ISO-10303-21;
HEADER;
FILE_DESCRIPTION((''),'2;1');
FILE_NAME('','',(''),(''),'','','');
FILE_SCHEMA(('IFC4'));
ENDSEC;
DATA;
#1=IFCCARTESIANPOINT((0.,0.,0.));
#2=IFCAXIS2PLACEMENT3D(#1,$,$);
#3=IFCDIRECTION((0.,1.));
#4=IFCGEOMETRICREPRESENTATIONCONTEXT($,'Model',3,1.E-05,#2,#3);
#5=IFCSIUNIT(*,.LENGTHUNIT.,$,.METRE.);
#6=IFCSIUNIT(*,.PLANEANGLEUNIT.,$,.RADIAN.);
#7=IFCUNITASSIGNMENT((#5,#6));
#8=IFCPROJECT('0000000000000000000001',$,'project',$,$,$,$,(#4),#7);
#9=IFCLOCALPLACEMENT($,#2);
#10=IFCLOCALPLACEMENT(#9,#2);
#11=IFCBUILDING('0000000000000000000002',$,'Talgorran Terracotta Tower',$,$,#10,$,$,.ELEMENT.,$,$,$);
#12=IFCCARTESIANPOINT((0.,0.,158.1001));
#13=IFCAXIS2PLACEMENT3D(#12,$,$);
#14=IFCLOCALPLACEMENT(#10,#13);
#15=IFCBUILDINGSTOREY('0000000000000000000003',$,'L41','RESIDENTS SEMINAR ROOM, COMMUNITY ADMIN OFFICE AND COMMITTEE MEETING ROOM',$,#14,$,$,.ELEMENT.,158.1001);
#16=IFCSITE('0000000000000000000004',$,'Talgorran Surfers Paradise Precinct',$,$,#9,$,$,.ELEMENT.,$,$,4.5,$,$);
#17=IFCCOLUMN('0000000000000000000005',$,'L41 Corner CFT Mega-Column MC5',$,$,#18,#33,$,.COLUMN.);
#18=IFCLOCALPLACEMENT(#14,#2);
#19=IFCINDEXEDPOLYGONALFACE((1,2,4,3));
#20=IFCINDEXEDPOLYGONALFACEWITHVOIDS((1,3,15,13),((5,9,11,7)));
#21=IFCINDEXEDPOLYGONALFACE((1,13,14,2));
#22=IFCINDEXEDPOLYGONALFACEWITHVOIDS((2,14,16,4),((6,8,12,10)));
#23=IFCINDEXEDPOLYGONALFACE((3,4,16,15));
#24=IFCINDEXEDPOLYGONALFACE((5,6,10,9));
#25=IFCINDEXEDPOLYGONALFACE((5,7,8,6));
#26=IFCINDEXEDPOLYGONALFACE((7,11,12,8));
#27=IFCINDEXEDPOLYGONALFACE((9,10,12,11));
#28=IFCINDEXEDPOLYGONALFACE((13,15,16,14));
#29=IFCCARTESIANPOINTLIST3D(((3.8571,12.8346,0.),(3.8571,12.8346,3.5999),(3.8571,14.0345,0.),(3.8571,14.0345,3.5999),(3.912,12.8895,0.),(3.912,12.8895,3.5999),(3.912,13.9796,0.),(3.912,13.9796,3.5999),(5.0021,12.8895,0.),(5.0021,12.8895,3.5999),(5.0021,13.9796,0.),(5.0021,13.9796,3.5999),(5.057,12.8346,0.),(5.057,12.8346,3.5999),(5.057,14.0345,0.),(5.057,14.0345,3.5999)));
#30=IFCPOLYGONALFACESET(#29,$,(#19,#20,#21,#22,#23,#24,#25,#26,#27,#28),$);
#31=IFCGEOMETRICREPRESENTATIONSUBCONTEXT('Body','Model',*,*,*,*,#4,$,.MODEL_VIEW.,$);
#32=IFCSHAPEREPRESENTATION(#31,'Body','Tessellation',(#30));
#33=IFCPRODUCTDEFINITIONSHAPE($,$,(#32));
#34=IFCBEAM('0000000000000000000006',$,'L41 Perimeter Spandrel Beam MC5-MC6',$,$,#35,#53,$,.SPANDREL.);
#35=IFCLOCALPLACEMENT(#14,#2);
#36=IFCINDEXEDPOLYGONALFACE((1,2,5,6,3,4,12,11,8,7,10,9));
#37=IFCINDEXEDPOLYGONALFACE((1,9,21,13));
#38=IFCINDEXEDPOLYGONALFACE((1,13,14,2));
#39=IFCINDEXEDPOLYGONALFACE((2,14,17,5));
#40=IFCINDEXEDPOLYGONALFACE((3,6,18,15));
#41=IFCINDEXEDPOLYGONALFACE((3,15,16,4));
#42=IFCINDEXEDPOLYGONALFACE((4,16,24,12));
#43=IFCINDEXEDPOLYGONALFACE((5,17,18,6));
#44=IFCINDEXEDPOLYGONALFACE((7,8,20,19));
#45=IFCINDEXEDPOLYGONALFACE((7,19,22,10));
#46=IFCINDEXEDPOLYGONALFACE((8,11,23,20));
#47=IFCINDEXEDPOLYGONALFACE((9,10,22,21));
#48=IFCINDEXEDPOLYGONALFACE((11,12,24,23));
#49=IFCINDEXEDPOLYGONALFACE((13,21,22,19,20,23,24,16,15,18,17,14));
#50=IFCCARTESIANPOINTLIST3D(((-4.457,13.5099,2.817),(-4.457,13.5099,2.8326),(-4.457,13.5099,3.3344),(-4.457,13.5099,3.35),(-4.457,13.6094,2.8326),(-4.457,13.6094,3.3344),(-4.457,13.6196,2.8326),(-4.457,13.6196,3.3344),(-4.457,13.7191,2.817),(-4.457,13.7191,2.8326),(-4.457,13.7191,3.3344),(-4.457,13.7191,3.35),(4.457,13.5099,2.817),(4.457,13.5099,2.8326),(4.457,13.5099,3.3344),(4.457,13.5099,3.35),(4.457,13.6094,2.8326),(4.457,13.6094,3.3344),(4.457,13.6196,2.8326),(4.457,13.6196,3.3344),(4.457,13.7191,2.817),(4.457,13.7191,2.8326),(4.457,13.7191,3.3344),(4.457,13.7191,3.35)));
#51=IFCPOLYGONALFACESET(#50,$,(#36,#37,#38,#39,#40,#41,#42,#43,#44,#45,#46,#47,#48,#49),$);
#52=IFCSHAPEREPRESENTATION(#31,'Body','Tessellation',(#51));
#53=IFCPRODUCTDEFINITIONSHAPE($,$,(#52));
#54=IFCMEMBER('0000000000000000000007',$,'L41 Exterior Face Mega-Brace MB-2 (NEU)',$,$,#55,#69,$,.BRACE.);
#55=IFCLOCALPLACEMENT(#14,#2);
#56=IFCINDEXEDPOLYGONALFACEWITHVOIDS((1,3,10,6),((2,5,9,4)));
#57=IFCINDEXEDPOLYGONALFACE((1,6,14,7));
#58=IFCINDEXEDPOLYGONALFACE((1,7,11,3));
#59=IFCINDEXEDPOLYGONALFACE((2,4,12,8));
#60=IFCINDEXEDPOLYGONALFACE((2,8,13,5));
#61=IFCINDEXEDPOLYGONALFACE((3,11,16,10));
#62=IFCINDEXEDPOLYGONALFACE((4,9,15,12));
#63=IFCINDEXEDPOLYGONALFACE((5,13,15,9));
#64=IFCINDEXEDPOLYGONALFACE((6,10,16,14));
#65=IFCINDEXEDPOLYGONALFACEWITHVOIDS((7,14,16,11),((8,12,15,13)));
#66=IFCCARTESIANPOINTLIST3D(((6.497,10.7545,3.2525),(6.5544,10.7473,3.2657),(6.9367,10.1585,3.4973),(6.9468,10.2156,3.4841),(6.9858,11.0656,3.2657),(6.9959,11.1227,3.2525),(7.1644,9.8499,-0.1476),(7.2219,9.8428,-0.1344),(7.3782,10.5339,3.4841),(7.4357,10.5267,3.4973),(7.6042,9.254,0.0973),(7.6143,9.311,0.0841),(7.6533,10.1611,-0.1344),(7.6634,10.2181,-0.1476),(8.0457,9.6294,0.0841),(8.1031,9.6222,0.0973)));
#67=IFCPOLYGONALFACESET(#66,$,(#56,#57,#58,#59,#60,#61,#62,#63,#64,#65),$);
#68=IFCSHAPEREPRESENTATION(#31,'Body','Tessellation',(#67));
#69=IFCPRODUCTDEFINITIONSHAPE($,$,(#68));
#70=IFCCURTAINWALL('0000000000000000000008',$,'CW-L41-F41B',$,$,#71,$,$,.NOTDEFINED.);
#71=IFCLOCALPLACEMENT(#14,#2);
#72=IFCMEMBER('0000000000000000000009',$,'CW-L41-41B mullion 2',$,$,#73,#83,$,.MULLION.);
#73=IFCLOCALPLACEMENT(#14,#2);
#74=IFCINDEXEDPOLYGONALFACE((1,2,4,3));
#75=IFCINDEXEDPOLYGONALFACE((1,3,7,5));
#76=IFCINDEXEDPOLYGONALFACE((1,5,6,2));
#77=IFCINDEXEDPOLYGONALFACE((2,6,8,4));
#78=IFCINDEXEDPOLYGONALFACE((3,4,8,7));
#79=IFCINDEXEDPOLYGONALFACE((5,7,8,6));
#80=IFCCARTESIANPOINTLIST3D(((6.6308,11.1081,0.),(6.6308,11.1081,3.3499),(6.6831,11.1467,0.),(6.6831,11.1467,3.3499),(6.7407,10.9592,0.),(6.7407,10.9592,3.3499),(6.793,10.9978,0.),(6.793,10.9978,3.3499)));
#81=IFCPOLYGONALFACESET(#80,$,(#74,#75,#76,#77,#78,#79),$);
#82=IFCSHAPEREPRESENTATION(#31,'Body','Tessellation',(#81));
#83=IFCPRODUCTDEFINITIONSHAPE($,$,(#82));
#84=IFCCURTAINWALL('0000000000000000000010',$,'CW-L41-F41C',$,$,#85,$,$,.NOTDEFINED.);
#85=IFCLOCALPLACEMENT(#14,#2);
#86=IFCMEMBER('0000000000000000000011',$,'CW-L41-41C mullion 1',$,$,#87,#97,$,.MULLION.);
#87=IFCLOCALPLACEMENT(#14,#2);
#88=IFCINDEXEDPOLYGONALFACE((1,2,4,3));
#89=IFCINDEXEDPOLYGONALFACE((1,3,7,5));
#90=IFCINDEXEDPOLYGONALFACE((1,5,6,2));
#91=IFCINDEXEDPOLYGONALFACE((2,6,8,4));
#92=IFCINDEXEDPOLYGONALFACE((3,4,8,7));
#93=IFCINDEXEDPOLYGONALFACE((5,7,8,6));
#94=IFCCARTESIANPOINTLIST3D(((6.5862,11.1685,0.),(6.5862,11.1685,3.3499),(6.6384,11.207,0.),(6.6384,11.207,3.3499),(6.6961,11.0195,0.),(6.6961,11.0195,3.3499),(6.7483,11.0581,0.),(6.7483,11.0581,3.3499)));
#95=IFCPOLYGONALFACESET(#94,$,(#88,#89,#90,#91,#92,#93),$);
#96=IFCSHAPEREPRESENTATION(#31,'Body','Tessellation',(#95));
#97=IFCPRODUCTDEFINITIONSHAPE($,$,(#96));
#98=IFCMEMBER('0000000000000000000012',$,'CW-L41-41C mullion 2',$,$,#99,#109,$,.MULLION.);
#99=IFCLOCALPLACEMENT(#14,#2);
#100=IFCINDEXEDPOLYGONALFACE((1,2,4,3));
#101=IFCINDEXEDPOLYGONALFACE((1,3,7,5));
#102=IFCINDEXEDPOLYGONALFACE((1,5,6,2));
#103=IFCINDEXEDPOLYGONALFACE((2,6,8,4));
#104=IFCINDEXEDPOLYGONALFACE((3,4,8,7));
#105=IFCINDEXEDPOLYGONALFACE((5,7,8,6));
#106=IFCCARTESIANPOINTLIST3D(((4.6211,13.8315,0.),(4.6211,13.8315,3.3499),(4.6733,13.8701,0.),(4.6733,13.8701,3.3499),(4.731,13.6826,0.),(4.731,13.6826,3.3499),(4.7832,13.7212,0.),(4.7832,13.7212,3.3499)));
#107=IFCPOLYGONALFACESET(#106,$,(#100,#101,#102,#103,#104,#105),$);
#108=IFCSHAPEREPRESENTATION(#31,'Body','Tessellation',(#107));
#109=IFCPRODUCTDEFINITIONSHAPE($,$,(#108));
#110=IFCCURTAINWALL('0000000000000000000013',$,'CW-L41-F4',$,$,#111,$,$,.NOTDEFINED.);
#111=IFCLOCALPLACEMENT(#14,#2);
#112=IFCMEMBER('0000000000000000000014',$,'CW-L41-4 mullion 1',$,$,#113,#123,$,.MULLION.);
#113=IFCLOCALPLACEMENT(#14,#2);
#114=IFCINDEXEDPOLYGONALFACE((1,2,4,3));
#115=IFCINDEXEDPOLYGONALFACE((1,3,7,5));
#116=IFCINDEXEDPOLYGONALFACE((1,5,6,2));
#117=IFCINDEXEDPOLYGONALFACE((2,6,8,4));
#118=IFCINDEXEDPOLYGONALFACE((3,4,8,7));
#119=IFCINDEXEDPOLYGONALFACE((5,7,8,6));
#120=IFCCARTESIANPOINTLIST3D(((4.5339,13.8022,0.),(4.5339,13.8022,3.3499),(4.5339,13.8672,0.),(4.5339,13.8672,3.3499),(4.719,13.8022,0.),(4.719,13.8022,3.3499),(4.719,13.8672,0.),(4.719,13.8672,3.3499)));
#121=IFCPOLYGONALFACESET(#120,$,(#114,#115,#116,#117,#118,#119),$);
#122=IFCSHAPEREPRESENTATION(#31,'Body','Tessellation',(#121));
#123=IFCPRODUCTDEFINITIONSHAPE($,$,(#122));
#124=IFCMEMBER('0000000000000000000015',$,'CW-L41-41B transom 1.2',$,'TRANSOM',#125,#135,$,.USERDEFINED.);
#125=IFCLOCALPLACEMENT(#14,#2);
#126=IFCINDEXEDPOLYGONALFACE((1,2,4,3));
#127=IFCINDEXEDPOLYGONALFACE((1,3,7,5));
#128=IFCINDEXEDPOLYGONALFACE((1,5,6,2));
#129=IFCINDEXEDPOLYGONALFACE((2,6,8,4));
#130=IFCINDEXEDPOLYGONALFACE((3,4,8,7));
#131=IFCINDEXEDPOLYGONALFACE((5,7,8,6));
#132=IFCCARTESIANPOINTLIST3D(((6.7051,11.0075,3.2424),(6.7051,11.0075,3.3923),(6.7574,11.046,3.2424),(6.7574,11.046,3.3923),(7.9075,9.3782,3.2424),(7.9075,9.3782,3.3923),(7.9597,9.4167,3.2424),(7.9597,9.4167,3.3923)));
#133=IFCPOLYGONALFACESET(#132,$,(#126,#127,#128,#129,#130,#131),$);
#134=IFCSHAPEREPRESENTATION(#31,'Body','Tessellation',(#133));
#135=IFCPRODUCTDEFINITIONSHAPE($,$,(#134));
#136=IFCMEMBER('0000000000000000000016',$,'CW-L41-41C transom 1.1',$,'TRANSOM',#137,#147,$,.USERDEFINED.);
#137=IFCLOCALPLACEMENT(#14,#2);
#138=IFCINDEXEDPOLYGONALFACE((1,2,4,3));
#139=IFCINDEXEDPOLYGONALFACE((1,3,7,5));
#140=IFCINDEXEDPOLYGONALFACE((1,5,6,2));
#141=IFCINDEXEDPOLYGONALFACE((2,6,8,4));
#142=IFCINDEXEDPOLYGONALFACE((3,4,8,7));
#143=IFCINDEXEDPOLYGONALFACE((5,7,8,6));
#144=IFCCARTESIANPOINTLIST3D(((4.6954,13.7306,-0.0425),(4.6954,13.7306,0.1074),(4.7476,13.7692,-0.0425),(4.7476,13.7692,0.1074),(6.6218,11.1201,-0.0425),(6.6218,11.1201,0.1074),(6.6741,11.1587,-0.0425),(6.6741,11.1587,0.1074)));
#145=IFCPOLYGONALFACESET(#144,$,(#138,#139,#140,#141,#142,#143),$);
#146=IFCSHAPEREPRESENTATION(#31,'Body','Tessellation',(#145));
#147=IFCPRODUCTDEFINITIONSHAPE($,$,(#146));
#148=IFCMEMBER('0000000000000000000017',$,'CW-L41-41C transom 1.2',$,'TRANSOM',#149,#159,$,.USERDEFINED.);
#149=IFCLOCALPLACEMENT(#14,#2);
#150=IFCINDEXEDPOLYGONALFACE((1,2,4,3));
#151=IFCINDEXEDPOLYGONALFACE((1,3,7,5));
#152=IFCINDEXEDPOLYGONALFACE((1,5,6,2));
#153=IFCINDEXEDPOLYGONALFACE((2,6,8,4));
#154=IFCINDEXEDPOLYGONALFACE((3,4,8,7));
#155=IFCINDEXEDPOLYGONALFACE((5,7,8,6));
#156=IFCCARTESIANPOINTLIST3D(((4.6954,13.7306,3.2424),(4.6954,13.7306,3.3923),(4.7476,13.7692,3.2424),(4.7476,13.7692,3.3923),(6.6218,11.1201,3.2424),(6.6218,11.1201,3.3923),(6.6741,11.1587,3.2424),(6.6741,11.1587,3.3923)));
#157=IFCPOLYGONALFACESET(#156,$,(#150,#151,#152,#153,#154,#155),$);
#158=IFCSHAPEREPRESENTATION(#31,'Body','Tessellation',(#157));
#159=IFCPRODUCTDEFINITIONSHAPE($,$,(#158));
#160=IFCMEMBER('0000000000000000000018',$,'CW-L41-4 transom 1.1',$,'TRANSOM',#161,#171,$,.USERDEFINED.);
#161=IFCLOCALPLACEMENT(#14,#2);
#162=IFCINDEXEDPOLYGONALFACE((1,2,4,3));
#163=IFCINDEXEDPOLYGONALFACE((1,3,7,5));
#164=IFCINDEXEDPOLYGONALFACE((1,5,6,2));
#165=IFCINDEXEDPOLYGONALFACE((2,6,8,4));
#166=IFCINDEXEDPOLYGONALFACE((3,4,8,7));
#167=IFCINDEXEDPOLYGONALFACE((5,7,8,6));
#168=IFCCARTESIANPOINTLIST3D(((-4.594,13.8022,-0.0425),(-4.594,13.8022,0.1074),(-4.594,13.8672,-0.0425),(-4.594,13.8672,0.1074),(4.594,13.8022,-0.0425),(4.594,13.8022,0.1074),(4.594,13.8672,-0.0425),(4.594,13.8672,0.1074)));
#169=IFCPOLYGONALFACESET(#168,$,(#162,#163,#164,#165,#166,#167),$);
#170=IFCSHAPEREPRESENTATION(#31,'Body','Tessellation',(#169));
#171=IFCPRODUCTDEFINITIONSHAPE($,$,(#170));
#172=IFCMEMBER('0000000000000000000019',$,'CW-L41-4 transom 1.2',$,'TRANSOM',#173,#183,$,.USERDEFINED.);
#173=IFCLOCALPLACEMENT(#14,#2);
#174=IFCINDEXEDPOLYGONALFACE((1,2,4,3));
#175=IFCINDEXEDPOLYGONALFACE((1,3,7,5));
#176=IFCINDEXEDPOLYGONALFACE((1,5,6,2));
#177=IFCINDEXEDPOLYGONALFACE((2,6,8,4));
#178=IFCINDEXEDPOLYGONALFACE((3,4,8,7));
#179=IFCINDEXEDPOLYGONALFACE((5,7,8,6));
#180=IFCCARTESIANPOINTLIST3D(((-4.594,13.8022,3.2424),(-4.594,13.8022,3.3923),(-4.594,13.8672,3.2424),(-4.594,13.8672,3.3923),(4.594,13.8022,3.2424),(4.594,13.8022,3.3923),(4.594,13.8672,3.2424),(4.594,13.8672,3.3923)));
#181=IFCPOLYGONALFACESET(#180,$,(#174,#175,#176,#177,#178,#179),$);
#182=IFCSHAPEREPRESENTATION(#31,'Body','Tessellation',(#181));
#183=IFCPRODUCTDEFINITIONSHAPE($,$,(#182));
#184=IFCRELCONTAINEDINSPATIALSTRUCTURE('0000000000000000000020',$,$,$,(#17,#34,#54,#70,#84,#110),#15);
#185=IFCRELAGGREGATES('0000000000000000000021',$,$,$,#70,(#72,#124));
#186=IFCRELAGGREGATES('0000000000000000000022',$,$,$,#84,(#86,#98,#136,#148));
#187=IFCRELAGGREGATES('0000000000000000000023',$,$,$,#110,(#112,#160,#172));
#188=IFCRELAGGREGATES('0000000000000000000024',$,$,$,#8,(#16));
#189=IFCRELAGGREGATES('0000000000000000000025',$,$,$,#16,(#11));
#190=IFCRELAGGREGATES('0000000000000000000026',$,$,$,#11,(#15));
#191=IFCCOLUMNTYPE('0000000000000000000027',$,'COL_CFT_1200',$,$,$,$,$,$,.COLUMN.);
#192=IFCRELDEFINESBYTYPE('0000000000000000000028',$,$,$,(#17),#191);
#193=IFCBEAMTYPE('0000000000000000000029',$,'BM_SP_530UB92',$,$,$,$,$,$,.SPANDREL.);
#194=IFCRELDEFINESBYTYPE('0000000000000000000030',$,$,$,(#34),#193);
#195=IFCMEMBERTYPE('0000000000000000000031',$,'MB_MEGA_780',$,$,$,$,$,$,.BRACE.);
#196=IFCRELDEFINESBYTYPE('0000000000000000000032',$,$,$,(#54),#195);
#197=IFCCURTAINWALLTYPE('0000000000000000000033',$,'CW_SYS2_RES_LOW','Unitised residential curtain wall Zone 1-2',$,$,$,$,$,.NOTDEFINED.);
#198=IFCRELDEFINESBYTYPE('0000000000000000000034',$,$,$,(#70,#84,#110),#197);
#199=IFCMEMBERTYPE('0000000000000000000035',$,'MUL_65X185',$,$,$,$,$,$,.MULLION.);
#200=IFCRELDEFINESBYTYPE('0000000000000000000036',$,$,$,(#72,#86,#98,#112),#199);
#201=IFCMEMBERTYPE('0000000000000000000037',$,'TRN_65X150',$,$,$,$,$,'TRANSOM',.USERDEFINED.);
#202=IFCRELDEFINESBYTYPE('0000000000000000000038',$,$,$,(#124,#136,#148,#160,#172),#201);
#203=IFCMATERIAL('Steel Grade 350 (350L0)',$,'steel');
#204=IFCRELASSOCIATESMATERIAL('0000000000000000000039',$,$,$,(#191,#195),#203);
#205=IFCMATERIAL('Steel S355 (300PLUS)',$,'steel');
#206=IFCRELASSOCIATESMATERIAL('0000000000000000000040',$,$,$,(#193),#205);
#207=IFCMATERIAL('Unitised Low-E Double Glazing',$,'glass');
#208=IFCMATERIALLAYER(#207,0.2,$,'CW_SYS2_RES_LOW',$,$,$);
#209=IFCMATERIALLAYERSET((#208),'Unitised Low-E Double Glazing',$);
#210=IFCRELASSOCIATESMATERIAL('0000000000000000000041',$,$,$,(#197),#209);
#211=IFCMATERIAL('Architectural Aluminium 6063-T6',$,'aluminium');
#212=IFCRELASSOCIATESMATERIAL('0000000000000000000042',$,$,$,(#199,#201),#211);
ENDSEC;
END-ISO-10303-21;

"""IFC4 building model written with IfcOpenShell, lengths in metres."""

from ifc_helpers import new_model, si_unit, direction, frame, origin, origin_2d, place, context, subcontext, project, spatial, rectangle, hollow_rectangle, i_section, extrude, material, layer, layer_set, material_profile, profile_set, type_object, element, aggregate, save


model = new_model("IFC4")

# Units and contexts
model_context = context("Model", 3, precision=1e-05, world=origin(), true_north=direction((0.0, 1.0)))
body_context = subcontext(model_context, "Body", "Model", "MODEL_VIEW")
ifc_project = project(units=[si_unit("LENGTHUNIT", "METRE"), si_unit("PLANEANGLEUNIT", "RADIAN")], contexts=[model_context])

# Site, building, storey
site_placement = place(None, origin())
site = spatial("IfcSite", under=ifc_project, at=site_placement, Name="Talgorran Surfers Paradise Precinct", CompositionType="ELEMENT", RefElevation=4.5)
building_placement = place(site_placement, origin())
building = spatial("IfcBuilding", under=site, at=building_placement, Name="Talgorran Terracotta Tower", CompositionType="ELEMENT")
storey_placement = place(building_placement, frame((0.0, 0.0, 158.1001)))
storey = spatial("IfcBuildingStorey", under=building, at=storey_placement, Name="L41", Description="RESIDENTS SEMINAR ROOM, COMMUNITY ADMIN OFFICE AND COMMITTEE MEETING ROOM", CompositionType="ELEMENT", Elevation=158.1001)

# Column
ifc_material_1 = material(Name="Steel Grade 350 (350L0)", Category="steel")
ifc_material_profile_1 = material_profile(ifc_material_1, hollow_rectangle(XDim=1.2, YDim=1.2, WallThickness=0.0549, at=origin_2d()), Name="CFT1200X1200X55")
ifc_profile_set_1 = profile_set([ifc_material_profile_1], Name="Steel Grade 350 (350L0)")
column_type = type_object("IfcColumnType", Name="COL_CFT_1200", PredefinedType="COLUMN", material=ifc_profile_set_1)
column_placement = place(storey_placement, frame((4.457, 13.4346, 0.0), z_axis=(0.0, 0.0, 1.0), x_axis=(1.0, 0.0, 0.0)))
element("IfcColumn", 1, at=column_placement, inside=storey, type_object=column_type, Name="L41 Corner CFT Mega-Column MC5", PredefinedType="COLUMN", context=body_context, shape_type="SweptSolid", body=[
    extrude(hollow_rectangle(XDim=1.2, YDim=1.2, WallThickness=0.0549, at=origin_2d()), origin(), (0.0, 0.0, 1.0), 3.5999),
])

# Beam
ifc_material_2 = material(Name="Steel S355 (300PLUS)", Category="steel")
ifc_material_profile_2 = material_profile(ifc_material_2, i_section(OverallWidth=0.2092, OverallDepth=0.533, WebThickness=0.0103, FlangeThickness=0.0156, at=origin_2d()), Name="530UB92.4")
ifc_profile_set_2 = profile_set([ifc_material_profile_2], Name="Steel S355 (300PLUS)")
beam_type = type_object("IfcBeamType", Name="BM_SP_530UB92", PredefinedType="SPANDREL", material=ifc_profile_set_2)
beam_placement = place(storey_placement, frame((4.457, 13.6145, 3.0835), z_axis=(-1.0, 0.0, 0.0), x_axis=(0.0, -1.0, 0.0)))
element("IfcBeam", 2, at=beam_placement, inside=storey, type_object=beam_type, Name="L41 Perimeter Spandrel Beam MC5-MC6", PredefinedType="SPANDREL", context=body_context, shape_type="SweptSolid", body=[
    extrude(i_section(OverallWidth=0.2092, OverallDepth=0.533, WebThickness=0.0103, FlangeThickness=0.0156, at=origin_2d()), origin(), (0.0, 0.0, 1.0), 8.9141),
])

# Member
ifc_material_profile_3 = material_profile(ifc_material_1, hollow_rectangle(XDim=0.6201, YDim=0.78, WallThickness=0.042, at=origin_2d()), Name="WBOX780X620X42")
ifc_profile_set_3 = profile_set([ifc_material_profile_3], Name="Steel Grade 350 (350L0)")
member_type_1 = type_object("IfcMemberType", Name="MB_MEGA_780", PredefinedType="BRACE", material=ifc_profile_set_3)
member_1_placement = place(storey_placement, frame((7.6338, 9.7361, -0.0251), z_axis=(-0.186387, 0.252583, 0.949453), x_axis=(-0.804641, -0.593762, 0.0)))
element("IfcMember", 3, at=member_1_placement, inside=storey, type_object=member_type_1, Name="L41 Exterior Face Mega-Brace MB-2 (NEU)", PredefinedType="BRACE", context=body_context, shape_type="SweptSolid", body=[
    extrude(hollow_rectangle(XDim=0.6201, YDim=0.78, WallThickness=0.042, at=origin_2d()), origin(), (0.0, 0.0, 1.0), 3.5811),
])

# Curtain wall, member
ifc_material_3 = material(Name="Unitised Low-E Double Glazing", Category="glass")
ifc_layer_1 = layer(ifc_material_3, 0.2, Name="CW_SYS2_RES_LOW")
ifc_layer_set_1 = layer_set([ifc_layer_1], Name="Unitised Low-E Double Glazing")
curtain_wall_type = type_object("IfcCurtainWallType", Name="CW_SYS2_RES_LOW", Description="Unitised residential curtain wall Zone 1-2", PredefinedType="NOTDEFINED", material=ifc_layer_set_1)
curtain_wall_1_placement = place(storey_placement, origin())
curtain_wall_1 = element("IfcCurtainWall", 4, at=curtain_wall_1_placement, inside=storey, type_object=curtain_wall_type, Name="CW-L41-F41B", PredefinedType="NOTDEFINED")
ifc_material_4 = material(Name="Architectural Aluminium 6063-T6", Category="aluminium")
ifc_material_profile_4 = material_profile(ifc_material_4, rectangle(XDim=0.0649, YDim=0.1851, at=origin_2d()), Name="CWM65X185")
ifc_profile_set_4 = profile_set([ifc_material_profile_4], Name="Architectural Aluminium 6063-T6")
member_type_2 = type_object("IfcMemberType", Name="MUL_65X185", PredefinedType="MULLION", material=ifc_profile_set_4)
member_2_placement = place(storey_placement, frame((6.7119, 11.053, 0.0), z_axis=(0.0, 0.0, 1.0), x_axis=(-0.804615, -0.593797, 0.0)))
member_2 = element("IfcMember", 5, at=member_2_placement, type_object=member_type_2, Name="CW-L41-41B mullion 2", PredefinedType="MULLION", context=body_context, shape_type="SweptSolid", body=[
    extrude(rectangle(XDim=0.0649, YDim=0.1851, at=origin_2d()), origin(), (0.0, 0.0, 1.0), 3.3499),
])

# Curtain wall, members
curtain_wall_2_placement = place(storey_placement, origin())
curtain_wall_2 = element("IfcCurtainWall", 6, at=curtain_wall_2_placement, inside=storey, type_object=curtain_wall_type, Name="CW-L41-F41C", PredefinedType="NOTDEFINED")
member_3_placement = place(storey_placement, frame((6.6672, 11.1133, 0.0), z_axis=(0.0, 0.0, 1.0), x_axis=(-0.804624, -0.593785, 0.0)))
member_3 = element("IfcMember", 7, at=member_3_placement, type_object=member_type_2, Name="CW-L41-41C mullion 1", PredefinedType="MULLION", context=body_context, shape_type="SweptSolid", body=[
    extrude(rectangle(XDim=0.0649, YDim=0.1851, at=origin_2d()), origin(), (0.0, 0.0, 1.0), 3.3499),
])
member_4_placement = place(storey_placement, frame((4.7021, 13.7764, 0.0), z_axis=(0.0, 0.0, 1.0), x_axis=(-0.804624, -0.593785, 0.0)))
member_4 = element("IfcMember", 8, at=member_4_placement, type_object=member_type_2, Name="CW-L41-41C mullion 2", PredefinedType="MULLION", context=body_context, shape_type="SweptSolid", body=[
    extrude(rectangle(XDim=0.0649, YDim=0.1851, at=origin_2d()), origin(), (0.0, 0.0, 1.0), 3.3499),
])

# Curtain wall, member
curtain_wall_3_placement = place(storey_placement, origin())
curtain_wall_3 = element("IfcCurtainWall", 9, at=curtain_wall_3_placement, inside=storey, type_object=curtain_wall_type, Name="CW-L41-F4", PredefinedType="NOTDEFINED")
member_5_placement = place(storey_placement, frame((4.6265, 13.8347, 0.0), z_axis=(0.0, 0.0, 1.0), x_axis=(0.0, -1.0, 0.0)))
member_5 = element("IfcMember", 10, at=member_5_placement, type_object=member_type_2, Name="CW-L41-4 mullion 1", PredefinedType="MULLION", context=body_context, shape_type="SweptSolid", body=[
    extrude(rectangle(XDim=0.0649, YDim=0.1851, at=origin_2d()), origin(), (0.0, 0.0, 1.0), 3.3499),
])

# Members
ifc_material_profile_5 = material_profile(ifc_material_4, rectangle(XDim=0.0649, YDim=0.1499, at=origin_2d()), Name="CWT65X150")
ifc_profile_set_5 = profile_set([ifc_material_profile_5], Name="Architectural Aluminium 6063-T6")
member_type_3 = type_object("IfcMemberType", Name="TRN_65X150", ElementType="TRANSOM", PredefinedType="USERDEFINED", material=ifc_profile_set_5)
member_6_placement = place(storey_placement, frame((7.9336, 9.3975, 3.3174), z_axis=(-0.593771, 0.804634, 0.0), x_axis=(-0.804634, -0.593771, 0.0)))
member_6 = element("IfcMember", 11, at=member_6_placement, type_object=member_type_3, Name="CW-L41-41B transom 1.2", ObjectType="TRANSOM", PredefinedType="USERDEFINED", context=body_context, shape_type="SweptSolid", body=[
    extrude(rectangle(XDim=0.0649, YDim=0.1499, at=origin_2d()), origin(), (0.0, 0.0, 1.0), 2.0249),
])
member_7_placement = place(storey_placement, frame((6.6479, 11.1394, 0.0325), z_axis=(-0.593782, 0.804626, 0.0), x_axis=(-0.804626, -0.593782, 0.0)))
member_7 = element("IfcMember", 12, at=member_7_placement, type_object=member_type_3, Name="CW-L41-41C transom 1.1", ObjectType="TRANSOM", PredefinedType="USERDEFINED", context=body_context, shape_type="SweptSolid", body=[
    extrude(rectangle(XDim=0.0649, YDim=0.1499, at=origin_2d()), origin(), (0.0, 0.0, 1.0), 3.2444),
])
member_8_placement = place(storey_placement, frame((6.6479, 11.1394, 3.3174), z_axis=(-0.593782, 0.804626, 0.0), x_axis=(-0.804626, -0.593782, 0.0)))
member_8 = element("IfcMember", 13, at=member_8_placement, type_object=member_type_3, Name="CW-L41-41C transom 1.2", ObjectType="TRANSOM", PredefinedType="USERDEFINED", context=body_context, shape_type="SweptSolid", body=[
    extrude(rectangle(XDim=0.0649, YDim=0.1499, at=origin_2d()), origin(), (0.0, 0.0, 1.0), 3.2444),
])
member_9_placement = place(storey_placement, frame((4.594, 13.8347, 0.0325), z_axis=(-1.0, 0.0, 0.0), x_axis=(0.0, -1.0, 0.0)))
member_9 = element("IfcMember", 14, at=member_9_placement, type_object=member_type_3, Name="CW-L41-4 transom 1.1", ObjectType="TRANSOM", PredefinedType="USERDEFINED", context=body_context, shape_type="SweptSolid", body=[
    extrude(rectangle(XDim=0.0649, YDim=0.1499, at=origin_2d()), origin(), (0.0, 0.0, 1.0), 9.188),
])
member_10_placement = place(storey_placement, frame((4.594, 13.8347, 3.3174), z_axis=(-1.0, 0.0, 0.0), x_axis=(0.0, -1.0, 0.0)))
member_10 = element("IfcMember", 15, at=member_10_placement, type_object=member_type_3, Name="CW-L41-4 transom 1.2", ObjectType="TRANSOM", PredefinedType="USERDEFINED", context=body_context, shape_type="SweptSolid", body=[
    extrude(rectangle(XDim=0.0649, YDim=0.1499, at=origin_2d()), origin(), (0.0, 0.0, 1.0), 9.188),
])

aggregate(curtain_wall_1, [member_2, member_6])
aggregate(curtain_wall_2, [member_3, member_4, member_7, member_8])
aggregate(curtain_wall_3, [member_5, member_9, member_10])

save(model, "model.ifc")
